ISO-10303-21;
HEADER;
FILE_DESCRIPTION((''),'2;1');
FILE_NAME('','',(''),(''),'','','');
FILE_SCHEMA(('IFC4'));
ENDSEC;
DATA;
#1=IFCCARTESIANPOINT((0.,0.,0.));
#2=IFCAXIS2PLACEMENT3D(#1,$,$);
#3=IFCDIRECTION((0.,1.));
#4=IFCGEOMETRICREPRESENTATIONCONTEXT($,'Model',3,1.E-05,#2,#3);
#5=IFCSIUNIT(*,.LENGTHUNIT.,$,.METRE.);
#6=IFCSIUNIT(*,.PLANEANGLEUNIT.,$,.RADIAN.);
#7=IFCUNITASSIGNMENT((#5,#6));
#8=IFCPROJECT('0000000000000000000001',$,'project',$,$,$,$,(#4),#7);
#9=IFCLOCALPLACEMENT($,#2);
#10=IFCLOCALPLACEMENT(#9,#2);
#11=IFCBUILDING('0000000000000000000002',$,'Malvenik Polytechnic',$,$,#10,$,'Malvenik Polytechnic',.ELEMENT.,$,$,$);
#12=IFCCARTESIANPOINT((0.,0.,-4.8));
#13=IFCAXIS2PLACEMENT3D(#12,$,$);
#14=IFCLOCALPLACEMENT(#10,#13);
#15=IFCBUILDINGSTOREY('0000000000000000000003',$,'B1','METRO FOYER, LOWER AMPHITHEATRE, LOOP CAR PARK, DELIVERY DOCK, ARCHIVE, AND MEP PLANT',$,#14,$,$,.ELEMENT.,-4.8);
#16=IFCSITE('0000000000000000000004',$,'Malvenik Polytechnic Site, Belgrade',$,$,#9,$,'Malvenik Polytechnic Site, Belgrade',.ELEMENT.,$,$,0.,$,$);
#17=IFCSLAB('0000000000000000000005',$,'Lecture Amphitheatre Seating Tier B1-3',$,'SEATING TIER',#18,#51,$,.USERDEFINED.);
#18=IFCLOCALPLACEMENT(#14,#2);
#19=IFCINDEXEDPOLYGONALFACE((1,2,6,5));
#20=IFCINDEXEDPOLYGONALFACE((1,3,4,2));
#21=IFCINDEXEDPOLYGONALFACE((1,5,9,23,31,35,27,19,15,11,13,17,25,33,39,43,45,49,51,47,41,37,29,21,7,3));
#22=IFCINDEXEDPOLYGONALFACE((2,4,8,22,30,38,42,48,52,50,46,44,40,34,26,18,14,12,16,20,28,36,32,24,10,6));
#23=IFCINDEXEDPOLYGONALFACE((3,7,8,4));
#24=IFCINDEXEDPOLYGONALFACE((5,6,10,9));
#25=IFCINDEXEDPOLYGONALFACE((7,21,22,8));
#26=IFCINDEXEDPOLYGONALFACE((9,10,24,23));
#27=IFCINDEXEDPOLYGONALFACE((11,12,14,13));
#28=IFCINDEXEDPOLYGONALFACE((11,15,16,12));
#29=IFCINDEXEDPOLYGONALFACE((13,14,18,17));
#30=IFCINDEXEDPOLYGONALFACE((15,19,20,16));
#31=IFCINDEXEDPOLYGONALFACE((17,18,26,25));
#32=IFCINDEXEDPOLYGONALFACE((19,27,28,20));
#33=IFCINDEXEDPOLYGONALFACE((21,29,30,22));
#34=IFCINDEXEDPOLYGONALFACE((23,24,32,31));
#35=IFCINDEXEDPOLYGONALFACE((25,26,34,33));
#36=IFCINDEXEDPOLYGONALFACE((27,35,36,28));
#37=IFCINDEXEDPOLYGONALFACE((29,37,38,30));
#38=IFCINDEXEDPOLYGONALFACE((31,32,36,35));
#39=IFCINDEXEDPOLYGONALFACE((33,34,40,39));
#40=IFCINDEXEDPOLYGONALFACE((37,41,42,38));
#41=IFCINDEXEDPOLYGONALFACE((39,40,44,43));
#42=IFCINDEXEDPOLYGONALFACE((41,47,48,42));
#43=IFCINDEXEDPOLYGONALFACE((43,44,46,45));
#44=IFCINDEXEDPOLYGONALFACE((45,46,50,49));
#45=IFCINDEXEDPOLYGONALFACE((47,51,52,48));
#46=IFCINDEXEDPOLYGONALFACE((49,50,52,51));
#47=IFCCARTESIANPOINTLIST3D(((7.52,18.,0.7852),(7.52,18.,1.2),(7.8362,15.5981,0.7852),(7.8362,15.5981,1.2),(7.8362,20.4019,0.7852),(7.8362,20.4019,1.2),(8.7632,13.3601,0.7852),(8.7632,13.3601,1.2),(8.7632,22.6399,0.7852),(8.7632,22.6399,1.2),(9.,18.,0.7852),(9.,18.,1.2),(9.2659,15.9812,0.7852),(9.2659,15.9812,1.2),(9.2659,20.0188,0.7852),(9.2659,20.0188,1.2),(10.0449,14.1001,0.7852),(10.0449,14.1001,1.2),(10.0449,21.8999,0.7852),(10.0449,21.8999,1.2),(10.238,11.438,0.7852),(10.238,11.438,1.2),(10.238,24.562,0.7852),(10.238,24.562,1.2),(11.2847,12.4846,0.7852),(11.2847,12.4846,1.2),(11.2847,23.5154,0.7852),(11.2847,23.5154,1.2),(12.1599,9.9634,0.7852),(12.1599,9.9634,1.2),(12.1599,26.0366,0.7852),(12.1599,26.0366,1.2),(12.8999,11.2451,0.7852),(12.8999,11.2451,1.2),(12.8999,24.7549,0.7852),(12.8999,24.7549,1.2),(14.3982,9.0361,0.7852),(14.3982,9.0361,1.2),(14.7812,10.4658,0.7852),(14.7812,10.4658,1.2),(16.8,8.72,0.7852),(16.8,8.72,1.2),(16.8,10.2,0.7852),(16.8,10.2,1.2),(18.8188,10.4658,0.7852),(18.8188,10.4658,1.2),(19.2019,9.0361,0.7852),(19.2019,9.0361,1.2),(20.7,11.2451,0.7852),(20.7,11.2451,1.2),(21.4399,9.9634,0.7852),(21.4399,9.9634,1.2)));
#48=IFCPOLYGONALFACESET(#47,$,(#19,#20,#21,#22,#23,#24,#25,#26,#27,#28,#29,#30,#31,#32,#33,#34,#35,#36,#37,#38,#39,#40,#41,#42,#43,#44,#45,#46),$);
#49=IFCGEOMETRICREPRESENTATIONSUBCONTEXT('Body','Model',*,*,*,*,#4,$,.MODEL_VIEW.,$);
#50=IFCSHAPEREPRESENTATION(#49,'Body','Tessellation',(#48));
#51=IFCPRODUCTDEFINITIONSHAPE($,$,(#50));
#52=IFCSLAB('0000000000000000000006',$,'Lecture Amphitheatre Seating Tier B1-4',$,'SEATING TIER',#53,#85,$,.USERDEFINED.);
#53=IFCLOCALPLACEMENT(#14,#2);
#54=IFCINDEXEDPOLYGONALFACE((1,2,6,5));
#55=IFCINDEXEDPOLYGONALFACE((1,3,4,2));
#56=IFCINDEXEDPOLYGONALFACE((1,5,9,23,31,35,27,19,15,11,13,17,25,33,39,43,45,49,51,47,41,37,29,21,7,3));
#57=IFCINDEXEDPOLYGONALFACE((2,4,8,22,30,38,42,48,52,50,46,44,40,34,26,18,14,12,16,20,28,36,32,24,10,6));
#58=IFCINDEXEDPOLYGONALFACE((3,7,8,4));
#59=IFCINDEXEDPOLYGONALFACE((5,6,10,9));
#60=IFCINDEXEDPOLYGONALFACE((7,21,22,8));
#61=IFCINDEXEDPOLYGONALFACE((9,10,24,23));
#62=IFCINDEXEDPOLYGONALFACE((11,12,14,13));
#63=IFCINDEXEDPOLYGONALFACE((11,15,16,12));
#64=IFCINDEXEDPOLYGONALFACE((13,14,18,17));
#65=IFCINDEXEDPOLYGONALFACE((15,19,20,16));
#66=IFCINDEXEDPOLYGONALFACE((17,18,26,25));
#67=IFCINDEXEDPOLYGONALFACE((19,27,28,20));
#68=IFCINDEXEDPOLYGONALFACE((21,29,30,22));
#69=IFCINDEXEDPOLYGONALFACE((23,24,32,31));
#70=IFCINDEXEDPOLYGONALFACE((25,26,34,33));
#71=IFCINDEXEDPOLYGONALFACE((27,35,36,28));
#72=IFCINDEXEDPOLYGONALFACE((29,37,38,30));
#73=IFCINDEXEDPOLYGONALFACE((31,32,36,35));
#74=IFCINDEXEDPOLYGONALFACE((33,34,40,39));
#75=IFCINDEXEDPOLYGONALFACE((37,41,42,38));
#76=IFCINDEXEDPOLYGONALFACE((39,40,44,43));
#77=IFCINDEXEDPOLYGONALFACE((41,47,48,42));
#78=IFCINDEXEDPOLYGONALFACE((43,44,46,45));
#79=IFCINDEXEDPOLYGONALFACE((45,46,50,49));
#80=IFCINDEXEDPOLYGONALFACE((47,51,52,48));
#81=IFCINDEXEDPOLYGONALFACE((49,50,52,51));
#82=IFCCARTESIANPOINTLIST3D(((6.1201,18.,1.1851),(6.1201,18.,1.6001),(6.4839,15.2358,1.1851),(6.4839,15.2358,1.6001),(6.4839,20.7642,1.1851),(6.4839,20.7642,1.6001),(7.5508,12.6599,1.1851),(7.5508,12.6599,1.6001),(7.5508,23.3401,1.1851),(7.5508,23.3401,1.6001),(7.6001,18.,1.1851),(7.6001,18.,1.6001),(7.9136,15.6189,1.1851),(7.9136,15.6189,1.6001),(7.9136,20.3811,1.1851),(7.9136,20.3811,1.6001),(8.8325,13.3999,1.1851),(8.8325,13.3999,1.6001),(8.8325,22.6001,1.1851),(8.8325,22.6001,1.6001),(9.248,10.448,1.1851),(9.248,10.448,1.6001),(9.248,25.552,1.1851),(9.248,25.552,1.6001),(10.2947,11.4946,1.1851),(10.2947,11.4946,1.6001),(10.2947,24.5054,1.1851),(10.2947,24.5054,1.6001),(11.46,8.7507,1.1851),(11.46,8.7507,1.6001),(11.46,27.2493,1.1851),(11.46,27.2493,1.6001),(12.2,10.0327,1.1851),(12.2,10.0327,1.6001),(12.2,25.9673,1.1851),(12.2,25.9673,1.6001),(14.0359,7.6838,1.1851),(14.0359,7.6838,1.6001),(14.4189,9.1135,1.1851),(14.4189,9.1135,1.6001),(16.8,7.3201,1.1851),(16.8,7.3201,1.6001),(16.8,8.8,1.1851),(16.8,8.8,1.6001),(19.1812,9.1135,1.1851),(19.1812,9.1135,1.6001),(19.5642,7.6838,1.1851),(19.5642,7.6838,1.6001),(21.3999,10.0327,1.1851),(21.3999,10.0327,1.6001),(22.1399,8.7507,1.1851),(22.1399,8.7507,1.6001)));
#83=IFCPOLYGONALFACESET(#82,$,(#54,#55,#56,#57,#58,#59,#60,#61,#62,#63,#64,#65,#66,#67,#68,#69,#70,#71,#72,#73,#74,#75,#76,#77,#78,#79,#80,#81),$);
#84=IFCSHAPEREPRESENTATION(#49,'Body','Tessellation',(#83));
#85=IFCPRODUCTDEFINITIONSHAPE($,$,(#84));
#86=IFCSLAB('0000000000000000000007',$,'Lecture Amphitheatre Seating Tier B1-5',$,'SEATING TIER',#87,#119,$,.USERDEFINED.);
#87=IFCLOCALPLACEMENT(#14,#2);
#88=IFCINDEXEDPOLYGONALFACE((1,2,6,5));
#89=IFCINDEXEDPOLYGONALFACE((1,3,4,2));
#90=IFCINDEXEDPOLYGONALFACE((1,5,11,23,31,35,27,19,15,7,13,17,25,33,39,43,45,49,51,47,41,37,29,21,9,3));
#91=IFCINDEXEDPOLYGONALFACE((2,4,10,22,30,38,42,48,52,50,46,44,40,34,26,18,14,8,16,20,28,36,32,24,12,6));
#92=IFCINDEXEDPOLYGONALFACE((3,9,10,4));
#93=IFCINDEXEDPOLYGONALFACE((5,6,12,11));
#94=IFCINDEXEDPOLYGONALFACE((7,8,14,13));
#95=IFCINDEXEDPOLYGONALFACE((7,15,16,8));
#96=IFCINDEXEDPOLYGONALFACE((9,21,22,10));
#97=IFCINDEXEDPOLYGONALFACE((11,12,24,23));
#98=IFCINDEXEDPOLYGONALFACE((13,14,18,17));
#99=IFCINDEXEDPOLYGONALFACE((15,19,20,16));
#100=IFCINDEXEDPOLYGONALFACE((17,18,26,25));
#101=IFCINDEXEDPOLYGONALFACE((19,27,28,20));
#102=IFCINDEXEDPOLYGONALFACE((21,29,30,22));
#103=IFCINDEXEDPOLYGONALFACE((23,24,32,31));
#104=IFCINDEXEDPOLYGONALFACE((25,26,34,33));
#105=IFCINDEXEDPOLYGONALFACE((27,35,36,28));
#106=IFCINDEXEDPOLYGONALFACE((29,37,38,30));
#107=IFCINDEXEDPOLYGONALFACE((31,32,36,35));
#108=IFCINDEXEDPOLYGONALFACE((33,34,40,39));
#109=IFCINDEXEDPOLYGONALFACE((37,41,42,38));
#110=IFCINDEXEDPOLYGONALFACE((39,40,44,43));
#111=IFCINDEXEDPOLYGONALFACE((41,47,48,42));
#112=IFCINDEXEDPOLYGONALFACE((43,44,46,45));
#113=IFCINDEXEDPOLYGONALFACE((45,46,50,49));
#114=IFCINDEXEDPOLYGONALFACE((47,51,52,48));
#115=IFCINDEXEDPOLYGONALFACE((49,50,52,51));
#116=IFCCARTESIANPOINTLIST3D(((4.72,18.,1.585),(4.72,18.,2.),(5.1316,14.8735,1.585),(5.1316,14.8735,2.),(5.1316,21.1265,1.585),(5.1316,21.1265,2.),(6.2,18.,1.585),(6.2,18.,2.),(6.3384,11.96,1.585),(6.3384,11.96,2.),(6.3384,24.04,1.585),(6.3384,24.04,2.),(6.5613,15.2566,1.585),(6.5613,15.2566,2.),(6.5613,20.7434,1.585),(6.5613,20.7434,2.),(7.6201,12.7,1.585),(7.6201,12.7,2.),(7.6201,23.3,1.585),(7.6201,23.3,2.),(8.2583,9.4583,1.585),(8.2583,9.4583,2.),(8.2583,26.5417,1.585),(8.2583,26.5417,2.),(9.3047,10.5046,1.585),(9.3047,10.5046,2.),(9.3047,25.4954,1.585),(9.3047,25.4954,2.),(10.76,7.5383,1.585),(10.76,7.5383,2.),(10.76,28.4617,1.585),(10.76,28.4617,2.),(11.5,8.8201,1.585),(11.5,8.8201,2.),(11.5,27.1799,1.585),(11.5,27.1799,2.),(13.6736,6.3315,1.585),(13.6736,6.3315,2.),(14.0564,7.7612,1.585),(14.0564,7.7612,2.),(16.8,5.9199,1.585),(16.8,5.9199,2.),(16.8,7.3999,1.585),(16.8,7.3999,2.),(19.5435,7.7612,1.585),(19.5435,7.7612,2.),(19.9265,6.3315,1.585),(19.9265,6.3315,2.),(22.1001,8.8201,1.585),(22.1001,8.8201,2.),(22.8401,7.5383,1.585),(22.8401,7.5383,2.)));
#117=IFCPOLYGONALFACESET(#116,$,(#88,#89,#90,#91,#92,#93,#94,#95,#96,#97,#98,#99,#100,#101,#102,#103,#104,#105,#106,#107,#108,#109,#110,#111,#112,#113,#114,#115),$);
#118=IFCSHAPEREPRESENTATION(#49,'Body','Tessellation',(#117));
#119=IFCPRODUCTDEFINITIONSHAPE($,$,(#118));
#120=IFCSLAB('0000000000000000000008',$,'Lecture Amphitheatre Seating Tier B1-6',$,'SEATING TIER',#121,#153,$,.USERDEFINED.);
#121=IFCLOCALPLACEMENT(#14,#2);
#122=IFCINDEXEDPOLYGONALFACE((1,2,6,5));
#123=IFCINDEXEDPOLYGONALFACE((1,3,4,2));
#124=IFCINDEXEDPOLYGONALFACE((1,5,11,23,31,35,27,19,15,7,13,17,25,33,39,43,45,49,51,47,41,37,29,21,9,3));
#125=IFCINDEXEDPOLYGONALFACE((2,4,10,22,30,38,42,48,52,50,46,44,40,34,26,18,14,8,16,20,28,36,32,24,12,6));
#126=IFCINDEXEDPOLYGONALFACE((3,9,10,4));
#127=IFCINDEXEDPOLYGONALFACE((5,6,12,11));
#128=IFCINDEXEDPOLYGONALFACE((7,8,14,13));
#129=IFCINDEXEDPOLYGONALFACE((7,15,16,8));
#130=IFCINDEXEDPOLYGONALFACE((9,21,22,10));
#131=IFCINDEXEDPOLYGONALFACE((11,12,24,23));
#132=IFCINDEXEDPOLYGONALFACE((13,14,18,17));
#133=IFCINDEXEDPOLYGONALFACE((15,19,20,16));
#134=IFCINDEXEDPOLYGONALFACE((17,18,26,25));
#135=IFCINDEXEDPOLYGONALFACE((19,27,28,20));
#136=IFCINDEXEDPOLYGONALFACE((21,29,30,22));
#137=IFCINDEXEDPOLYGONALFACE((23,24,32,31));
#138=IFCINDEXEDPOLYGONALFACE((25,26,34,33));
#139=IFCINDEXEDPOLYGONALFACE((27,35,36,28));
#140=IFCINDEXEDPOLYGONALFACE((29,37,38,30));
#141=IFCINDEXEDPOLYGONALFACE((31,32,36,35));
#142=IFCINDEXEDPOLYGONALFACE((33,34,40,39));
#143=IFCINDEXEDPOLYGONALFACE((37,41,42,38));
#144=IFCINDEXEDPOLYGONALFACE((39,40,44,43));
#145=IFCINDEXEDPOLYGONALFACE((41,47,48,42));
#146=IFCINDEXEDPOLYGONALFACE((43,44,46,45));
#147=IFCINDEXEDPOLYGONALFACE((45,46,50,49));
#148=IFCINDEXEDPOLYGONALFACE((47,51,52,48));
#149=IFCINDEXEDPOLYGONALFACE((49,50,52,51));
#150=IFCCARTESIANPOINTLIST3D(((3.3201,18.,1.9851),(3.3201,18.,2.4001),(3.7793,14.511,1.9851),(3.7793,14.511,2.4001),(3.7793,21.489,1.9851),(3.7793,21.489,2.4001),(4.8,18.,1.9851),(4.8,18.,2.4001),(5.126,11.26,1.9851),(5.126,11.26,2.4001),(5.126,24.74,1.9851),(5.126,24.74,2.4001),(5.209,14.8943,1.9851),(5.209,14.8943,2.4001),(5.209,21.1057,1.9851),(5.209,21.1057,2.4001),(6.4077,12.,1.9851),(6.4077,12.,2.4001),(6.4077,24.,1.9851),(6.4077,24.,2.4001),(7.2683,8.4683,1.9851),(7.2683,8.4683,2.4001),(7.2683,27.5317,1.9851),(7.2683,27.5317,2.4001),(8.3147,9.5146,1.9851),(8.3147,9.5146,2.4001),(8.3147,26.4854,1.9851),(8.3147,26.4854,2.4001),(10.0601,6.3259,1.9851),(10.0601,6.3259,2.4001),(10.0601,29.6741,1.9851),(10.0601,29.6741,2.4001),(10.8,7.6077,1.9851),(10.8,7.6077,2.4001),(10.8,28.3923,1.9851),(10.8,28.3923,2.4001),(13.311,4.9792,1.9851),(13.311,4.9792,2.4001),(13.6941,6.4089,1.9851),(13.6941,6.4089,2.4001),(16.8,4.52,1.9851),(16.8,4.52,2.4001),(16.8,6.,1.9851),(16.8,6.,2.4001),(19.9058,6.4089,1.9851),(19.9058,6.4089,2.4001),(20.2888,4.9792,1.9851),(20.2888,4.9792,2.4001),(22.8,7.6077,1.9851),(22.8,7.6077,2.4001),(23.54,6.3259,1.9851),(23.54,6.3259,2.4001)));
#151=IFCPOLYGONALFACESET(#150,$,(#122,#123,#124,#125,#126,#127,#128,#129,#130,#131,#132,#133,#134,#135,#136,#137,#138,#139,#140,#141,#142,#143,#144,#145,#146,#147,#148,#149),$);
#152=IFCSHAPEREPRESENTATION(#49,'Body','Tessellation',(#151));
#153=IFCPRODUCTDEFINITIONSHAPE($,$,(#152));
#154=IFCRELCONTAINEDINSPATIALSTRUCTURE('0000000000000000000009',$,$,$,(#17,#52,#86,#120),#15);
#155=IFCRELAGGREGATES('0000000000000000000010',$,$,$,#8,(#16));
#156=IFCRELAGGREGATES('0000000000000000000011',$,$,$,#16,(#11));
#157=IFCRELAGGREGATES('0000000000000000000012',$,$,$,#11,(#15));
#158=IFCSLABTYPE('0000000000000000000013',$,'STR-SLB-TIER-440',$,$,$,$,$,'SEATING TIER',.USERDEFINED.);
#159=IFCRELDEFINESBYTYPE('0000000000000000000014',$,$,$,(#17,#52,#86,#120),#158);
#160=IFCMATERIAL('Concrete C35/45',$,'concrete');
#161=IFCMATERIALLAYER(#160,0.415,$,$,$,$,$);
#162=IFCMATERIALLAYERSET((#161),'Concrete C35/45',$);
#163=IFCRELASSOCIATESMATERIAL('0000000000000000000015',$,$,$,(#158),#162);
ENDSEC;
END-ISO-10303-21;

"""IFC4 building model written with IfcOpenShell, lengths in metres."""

from ifc_helpers import new_model, si_unit, direction, frame, origin, place, context, subcontext, project, spatial, polyline, outline, extrude, material, layer, layer_set, type_object, element, save


model = new_model("IFC4")

# Units and contexts
model_context = context("Model", 3, precision=1e-05, world=origin(), true_north=direction((0.0, 1.0)))
body_context = subcontext(model_context, "Body", "Model", "MODEL_VIEW")
ifc_project = project(units=[si_unit("LENGTHUNIT", "METRE"), si_unit("PLANEANGLEUNIT", "RADIAN")], contexts=[model_context])

# Site, building, storey
site_placement = place(None, origin())
site = spatial("IfcSite", under=ifc_project, at=site_placement, Name="Malvenik Polytechnic Site, Belgrade", LongName="Malvenik Polytechnic Site, Belgrade", CompositionType="ELEMENT", RefElevation=0.0)
building_placement = place(site_placement, origin())
building = spatial("IfcBuilding", under=site, at=building_placement, Name="Malvenik Polytechnic", LongName="Malvenik Polytechnic", CompositionType="ELEMENT")
storey_placement = place(building_placement, frame((0.0, 0.0, -4.8)))
storey = spatial("IfcBuildingStorey", under=building, at=storey_placement, Name="B1", Description="METRO FOYER, LOWER AMPHITHEATRE, LOOP CAR PARK, DELIVERY DOCK, ARCHIVE, AND MEP PLANT", CompositionType="ELEMENT", Elevation=-4.8)

# Shared definitions
ifc_material = material(Name="Concrete C35/45", Category="concrete")

# Slabs
ifc_layer_1 = layer(ifc_material, 0.415)
ifc_layer_set_1 = layer_set([ifc_layer_1], Name="Concrete C35/45")
slab_type_1 = type_object("IfcSlabType", Name="STR-SLB-TIER-440", ElementType="SEATING TIER", PredefinedType="USERDEFINED", material=ifc_layer_set_1)
slab_1_placement = place(storey_placement, frame((0.0, 0.0, 0.7852)))
element("IfcSlab", 1, at=slab_1_placement, inside=storey, type_object=slab_type_1, Name="Lecture Amphitheatre Seating Tier B1-3", ObjectType="SEATING TIER", PredefinedType="USERDEFINED", context=body_context, shape_type="SweptSolid", body=[
    extrude(outline(polyline([(12.1599, 26.0366), (10.238, 24.562), (8.7632, 22.6399), (7.8362, 20.4019), (7.52, 18.0), (7.8362, 15.5981), (8.7632, 13.3601), (10.238, 11.438), (12.1599, 9.9634), (14.3982, 9.0361), (16.8, 8.72), (19.2019, 9.0361), (21.4399, 9.9634), (20.7, 11.2451), (18.8188, 10.4658), (16.8, 10.2), (14.7812, 10.4658), (12.8999, 11.2451), (11.2847, 12.4846), (10.0449, 14.1001), (9.2659, 15.9812), (9.0, 18.0), (9.2659, 20.0188), (10.0449, 21.8999), (11.2847, 23.5154), (12.8999, 24.7549), (12.1599, 26.0366)])), origin(), (0.0, 0.0, 1.0), 0.4148),
])
slab_2_placement = place(storey_placement, frame((0.0, 0.0, 1.1851)))
element("IfcSlab", 2, at=slab_2_placement, inside=storey, type_object=slab_type_1, Name="Lecture Amphitheatre Seating Tier B1-4", ObjectType="SEATING TIER", PredefinedType="USERDEFINED", context=body_context, shape_type="SweptSolid", body=[
    extrude(outline(polyline([(11.46, 27.2493), (9.248, 25.552), (7.5508, 23.3401), (6.4839, 20.7642), (6.1201, 18.0), (6.4839, 15.2358), (7.5508, 12.6599), (9.248, 10.448), (11.46, 8.7507), (14.0359, 7.6838), (16.8, 7.3201), (19.5642, 7.6838), (22.1399, 8.7507), (21.3999, 10.0327), (19.1812, 9.1135), (16.8, 8.8), (14.4189, 9.1135), (12.2, 10.0327), (10.2947, 11.4946), (8.8325, 13.3999), (7.9136, 15.6189), (7.6001, 18.0), (7.9136, 20.3811), (8.8325, 22.6001), (10.2947, 24.5054), (12.2, 25.9673), (11.46, 27.2493)])), origin(), (0.0, 0.0, 1.0), 0.415),
])
slab_3_placement = place(storey_placement, frame((0.0, 0.0, 1.585)))
element("IfcSlab", 3, at=slab_3_placement, inside=storey, type_object=slab_type_1, Name="Lecture Amphitheatre Seating Tier B1-5", ObjectType="SEATING TIER", PredefinedType="USERDEFINED", context=body_context, shape_type="SweptSolid", body=[
    extrude(outline(polyline([(10.76, 28.4617), (8.2583, 26.5417), (6.3384, 24.04), (5.1316, 21.1265), (4.72, 18.0), (5.1316, 14.8735), (6.3384, 11.96), (8.2583, 9.4583), (10.76, 7.5383), (13.6736, 6.3315), (16.8, 5.9199), (19.9265, 6.3315), (22.8401, 7.5383), (22.1001, 8.8201), (19.5435, 7.7612), (16.8, 7.3999), (14.0564, 7.7612), (11.5, 8.8201), (9.3047, 10.5046), (7.6201, 12.7), (6.5613, 15.2566), (6.2, 18.0), (6.5613, 20.7434), (7.6201, 23.3), (9.3047, 25.4954), (11.5, 27.1799), (10.76, 28.4617)])), origin(), (0.0, 0.0, 1.0), 0.415),
])
slab_4_placement = place(storey_placement, frame((0.0, 0.0, 1.9851)))
element("IfcSlab", 4, at=slab_4_placement, inside=storey, type_object=slab_type_1, Name="Lecture Amphitheatre Seating Tier B1-6", ObjectType="SEATING TIER", PredefinedType="USERDEFINED", context=body_context, shape_type="SweptSolid", body=[
    extrude(outline(polyline([(10.0601, 29.6741), (7.2683, 27.5317), (5.126, 24.74), (3.7793, 21.489), (3.3201, 18.0), (3.7793, 14.511), (5.126, 11.26), (7.2683, 8.4683), (10.0601, 6.3259), (13.311, 4.9792), (16.8, 4.52), (20.2888, 4.9792), (23.54, 6.3259), (22.8, 7.6077), (19.9058, 6.4089), (16.8, 6.0), (13.6941, 6.4089), (10.8, 7.6077), (8.3147, 9.5146), (6.4077, 12.0), (5.209, 14.8943), (4.8, 18.0), (5.209, 21.1057), (6.4077, 24.0), (8.3147, 26.4854), (10.8, 28.3923), (10.0601, 29.6741)])), origin(), (0.0, 0.0, 1.0), 0.415),
])

save(model, "model.ifc")
